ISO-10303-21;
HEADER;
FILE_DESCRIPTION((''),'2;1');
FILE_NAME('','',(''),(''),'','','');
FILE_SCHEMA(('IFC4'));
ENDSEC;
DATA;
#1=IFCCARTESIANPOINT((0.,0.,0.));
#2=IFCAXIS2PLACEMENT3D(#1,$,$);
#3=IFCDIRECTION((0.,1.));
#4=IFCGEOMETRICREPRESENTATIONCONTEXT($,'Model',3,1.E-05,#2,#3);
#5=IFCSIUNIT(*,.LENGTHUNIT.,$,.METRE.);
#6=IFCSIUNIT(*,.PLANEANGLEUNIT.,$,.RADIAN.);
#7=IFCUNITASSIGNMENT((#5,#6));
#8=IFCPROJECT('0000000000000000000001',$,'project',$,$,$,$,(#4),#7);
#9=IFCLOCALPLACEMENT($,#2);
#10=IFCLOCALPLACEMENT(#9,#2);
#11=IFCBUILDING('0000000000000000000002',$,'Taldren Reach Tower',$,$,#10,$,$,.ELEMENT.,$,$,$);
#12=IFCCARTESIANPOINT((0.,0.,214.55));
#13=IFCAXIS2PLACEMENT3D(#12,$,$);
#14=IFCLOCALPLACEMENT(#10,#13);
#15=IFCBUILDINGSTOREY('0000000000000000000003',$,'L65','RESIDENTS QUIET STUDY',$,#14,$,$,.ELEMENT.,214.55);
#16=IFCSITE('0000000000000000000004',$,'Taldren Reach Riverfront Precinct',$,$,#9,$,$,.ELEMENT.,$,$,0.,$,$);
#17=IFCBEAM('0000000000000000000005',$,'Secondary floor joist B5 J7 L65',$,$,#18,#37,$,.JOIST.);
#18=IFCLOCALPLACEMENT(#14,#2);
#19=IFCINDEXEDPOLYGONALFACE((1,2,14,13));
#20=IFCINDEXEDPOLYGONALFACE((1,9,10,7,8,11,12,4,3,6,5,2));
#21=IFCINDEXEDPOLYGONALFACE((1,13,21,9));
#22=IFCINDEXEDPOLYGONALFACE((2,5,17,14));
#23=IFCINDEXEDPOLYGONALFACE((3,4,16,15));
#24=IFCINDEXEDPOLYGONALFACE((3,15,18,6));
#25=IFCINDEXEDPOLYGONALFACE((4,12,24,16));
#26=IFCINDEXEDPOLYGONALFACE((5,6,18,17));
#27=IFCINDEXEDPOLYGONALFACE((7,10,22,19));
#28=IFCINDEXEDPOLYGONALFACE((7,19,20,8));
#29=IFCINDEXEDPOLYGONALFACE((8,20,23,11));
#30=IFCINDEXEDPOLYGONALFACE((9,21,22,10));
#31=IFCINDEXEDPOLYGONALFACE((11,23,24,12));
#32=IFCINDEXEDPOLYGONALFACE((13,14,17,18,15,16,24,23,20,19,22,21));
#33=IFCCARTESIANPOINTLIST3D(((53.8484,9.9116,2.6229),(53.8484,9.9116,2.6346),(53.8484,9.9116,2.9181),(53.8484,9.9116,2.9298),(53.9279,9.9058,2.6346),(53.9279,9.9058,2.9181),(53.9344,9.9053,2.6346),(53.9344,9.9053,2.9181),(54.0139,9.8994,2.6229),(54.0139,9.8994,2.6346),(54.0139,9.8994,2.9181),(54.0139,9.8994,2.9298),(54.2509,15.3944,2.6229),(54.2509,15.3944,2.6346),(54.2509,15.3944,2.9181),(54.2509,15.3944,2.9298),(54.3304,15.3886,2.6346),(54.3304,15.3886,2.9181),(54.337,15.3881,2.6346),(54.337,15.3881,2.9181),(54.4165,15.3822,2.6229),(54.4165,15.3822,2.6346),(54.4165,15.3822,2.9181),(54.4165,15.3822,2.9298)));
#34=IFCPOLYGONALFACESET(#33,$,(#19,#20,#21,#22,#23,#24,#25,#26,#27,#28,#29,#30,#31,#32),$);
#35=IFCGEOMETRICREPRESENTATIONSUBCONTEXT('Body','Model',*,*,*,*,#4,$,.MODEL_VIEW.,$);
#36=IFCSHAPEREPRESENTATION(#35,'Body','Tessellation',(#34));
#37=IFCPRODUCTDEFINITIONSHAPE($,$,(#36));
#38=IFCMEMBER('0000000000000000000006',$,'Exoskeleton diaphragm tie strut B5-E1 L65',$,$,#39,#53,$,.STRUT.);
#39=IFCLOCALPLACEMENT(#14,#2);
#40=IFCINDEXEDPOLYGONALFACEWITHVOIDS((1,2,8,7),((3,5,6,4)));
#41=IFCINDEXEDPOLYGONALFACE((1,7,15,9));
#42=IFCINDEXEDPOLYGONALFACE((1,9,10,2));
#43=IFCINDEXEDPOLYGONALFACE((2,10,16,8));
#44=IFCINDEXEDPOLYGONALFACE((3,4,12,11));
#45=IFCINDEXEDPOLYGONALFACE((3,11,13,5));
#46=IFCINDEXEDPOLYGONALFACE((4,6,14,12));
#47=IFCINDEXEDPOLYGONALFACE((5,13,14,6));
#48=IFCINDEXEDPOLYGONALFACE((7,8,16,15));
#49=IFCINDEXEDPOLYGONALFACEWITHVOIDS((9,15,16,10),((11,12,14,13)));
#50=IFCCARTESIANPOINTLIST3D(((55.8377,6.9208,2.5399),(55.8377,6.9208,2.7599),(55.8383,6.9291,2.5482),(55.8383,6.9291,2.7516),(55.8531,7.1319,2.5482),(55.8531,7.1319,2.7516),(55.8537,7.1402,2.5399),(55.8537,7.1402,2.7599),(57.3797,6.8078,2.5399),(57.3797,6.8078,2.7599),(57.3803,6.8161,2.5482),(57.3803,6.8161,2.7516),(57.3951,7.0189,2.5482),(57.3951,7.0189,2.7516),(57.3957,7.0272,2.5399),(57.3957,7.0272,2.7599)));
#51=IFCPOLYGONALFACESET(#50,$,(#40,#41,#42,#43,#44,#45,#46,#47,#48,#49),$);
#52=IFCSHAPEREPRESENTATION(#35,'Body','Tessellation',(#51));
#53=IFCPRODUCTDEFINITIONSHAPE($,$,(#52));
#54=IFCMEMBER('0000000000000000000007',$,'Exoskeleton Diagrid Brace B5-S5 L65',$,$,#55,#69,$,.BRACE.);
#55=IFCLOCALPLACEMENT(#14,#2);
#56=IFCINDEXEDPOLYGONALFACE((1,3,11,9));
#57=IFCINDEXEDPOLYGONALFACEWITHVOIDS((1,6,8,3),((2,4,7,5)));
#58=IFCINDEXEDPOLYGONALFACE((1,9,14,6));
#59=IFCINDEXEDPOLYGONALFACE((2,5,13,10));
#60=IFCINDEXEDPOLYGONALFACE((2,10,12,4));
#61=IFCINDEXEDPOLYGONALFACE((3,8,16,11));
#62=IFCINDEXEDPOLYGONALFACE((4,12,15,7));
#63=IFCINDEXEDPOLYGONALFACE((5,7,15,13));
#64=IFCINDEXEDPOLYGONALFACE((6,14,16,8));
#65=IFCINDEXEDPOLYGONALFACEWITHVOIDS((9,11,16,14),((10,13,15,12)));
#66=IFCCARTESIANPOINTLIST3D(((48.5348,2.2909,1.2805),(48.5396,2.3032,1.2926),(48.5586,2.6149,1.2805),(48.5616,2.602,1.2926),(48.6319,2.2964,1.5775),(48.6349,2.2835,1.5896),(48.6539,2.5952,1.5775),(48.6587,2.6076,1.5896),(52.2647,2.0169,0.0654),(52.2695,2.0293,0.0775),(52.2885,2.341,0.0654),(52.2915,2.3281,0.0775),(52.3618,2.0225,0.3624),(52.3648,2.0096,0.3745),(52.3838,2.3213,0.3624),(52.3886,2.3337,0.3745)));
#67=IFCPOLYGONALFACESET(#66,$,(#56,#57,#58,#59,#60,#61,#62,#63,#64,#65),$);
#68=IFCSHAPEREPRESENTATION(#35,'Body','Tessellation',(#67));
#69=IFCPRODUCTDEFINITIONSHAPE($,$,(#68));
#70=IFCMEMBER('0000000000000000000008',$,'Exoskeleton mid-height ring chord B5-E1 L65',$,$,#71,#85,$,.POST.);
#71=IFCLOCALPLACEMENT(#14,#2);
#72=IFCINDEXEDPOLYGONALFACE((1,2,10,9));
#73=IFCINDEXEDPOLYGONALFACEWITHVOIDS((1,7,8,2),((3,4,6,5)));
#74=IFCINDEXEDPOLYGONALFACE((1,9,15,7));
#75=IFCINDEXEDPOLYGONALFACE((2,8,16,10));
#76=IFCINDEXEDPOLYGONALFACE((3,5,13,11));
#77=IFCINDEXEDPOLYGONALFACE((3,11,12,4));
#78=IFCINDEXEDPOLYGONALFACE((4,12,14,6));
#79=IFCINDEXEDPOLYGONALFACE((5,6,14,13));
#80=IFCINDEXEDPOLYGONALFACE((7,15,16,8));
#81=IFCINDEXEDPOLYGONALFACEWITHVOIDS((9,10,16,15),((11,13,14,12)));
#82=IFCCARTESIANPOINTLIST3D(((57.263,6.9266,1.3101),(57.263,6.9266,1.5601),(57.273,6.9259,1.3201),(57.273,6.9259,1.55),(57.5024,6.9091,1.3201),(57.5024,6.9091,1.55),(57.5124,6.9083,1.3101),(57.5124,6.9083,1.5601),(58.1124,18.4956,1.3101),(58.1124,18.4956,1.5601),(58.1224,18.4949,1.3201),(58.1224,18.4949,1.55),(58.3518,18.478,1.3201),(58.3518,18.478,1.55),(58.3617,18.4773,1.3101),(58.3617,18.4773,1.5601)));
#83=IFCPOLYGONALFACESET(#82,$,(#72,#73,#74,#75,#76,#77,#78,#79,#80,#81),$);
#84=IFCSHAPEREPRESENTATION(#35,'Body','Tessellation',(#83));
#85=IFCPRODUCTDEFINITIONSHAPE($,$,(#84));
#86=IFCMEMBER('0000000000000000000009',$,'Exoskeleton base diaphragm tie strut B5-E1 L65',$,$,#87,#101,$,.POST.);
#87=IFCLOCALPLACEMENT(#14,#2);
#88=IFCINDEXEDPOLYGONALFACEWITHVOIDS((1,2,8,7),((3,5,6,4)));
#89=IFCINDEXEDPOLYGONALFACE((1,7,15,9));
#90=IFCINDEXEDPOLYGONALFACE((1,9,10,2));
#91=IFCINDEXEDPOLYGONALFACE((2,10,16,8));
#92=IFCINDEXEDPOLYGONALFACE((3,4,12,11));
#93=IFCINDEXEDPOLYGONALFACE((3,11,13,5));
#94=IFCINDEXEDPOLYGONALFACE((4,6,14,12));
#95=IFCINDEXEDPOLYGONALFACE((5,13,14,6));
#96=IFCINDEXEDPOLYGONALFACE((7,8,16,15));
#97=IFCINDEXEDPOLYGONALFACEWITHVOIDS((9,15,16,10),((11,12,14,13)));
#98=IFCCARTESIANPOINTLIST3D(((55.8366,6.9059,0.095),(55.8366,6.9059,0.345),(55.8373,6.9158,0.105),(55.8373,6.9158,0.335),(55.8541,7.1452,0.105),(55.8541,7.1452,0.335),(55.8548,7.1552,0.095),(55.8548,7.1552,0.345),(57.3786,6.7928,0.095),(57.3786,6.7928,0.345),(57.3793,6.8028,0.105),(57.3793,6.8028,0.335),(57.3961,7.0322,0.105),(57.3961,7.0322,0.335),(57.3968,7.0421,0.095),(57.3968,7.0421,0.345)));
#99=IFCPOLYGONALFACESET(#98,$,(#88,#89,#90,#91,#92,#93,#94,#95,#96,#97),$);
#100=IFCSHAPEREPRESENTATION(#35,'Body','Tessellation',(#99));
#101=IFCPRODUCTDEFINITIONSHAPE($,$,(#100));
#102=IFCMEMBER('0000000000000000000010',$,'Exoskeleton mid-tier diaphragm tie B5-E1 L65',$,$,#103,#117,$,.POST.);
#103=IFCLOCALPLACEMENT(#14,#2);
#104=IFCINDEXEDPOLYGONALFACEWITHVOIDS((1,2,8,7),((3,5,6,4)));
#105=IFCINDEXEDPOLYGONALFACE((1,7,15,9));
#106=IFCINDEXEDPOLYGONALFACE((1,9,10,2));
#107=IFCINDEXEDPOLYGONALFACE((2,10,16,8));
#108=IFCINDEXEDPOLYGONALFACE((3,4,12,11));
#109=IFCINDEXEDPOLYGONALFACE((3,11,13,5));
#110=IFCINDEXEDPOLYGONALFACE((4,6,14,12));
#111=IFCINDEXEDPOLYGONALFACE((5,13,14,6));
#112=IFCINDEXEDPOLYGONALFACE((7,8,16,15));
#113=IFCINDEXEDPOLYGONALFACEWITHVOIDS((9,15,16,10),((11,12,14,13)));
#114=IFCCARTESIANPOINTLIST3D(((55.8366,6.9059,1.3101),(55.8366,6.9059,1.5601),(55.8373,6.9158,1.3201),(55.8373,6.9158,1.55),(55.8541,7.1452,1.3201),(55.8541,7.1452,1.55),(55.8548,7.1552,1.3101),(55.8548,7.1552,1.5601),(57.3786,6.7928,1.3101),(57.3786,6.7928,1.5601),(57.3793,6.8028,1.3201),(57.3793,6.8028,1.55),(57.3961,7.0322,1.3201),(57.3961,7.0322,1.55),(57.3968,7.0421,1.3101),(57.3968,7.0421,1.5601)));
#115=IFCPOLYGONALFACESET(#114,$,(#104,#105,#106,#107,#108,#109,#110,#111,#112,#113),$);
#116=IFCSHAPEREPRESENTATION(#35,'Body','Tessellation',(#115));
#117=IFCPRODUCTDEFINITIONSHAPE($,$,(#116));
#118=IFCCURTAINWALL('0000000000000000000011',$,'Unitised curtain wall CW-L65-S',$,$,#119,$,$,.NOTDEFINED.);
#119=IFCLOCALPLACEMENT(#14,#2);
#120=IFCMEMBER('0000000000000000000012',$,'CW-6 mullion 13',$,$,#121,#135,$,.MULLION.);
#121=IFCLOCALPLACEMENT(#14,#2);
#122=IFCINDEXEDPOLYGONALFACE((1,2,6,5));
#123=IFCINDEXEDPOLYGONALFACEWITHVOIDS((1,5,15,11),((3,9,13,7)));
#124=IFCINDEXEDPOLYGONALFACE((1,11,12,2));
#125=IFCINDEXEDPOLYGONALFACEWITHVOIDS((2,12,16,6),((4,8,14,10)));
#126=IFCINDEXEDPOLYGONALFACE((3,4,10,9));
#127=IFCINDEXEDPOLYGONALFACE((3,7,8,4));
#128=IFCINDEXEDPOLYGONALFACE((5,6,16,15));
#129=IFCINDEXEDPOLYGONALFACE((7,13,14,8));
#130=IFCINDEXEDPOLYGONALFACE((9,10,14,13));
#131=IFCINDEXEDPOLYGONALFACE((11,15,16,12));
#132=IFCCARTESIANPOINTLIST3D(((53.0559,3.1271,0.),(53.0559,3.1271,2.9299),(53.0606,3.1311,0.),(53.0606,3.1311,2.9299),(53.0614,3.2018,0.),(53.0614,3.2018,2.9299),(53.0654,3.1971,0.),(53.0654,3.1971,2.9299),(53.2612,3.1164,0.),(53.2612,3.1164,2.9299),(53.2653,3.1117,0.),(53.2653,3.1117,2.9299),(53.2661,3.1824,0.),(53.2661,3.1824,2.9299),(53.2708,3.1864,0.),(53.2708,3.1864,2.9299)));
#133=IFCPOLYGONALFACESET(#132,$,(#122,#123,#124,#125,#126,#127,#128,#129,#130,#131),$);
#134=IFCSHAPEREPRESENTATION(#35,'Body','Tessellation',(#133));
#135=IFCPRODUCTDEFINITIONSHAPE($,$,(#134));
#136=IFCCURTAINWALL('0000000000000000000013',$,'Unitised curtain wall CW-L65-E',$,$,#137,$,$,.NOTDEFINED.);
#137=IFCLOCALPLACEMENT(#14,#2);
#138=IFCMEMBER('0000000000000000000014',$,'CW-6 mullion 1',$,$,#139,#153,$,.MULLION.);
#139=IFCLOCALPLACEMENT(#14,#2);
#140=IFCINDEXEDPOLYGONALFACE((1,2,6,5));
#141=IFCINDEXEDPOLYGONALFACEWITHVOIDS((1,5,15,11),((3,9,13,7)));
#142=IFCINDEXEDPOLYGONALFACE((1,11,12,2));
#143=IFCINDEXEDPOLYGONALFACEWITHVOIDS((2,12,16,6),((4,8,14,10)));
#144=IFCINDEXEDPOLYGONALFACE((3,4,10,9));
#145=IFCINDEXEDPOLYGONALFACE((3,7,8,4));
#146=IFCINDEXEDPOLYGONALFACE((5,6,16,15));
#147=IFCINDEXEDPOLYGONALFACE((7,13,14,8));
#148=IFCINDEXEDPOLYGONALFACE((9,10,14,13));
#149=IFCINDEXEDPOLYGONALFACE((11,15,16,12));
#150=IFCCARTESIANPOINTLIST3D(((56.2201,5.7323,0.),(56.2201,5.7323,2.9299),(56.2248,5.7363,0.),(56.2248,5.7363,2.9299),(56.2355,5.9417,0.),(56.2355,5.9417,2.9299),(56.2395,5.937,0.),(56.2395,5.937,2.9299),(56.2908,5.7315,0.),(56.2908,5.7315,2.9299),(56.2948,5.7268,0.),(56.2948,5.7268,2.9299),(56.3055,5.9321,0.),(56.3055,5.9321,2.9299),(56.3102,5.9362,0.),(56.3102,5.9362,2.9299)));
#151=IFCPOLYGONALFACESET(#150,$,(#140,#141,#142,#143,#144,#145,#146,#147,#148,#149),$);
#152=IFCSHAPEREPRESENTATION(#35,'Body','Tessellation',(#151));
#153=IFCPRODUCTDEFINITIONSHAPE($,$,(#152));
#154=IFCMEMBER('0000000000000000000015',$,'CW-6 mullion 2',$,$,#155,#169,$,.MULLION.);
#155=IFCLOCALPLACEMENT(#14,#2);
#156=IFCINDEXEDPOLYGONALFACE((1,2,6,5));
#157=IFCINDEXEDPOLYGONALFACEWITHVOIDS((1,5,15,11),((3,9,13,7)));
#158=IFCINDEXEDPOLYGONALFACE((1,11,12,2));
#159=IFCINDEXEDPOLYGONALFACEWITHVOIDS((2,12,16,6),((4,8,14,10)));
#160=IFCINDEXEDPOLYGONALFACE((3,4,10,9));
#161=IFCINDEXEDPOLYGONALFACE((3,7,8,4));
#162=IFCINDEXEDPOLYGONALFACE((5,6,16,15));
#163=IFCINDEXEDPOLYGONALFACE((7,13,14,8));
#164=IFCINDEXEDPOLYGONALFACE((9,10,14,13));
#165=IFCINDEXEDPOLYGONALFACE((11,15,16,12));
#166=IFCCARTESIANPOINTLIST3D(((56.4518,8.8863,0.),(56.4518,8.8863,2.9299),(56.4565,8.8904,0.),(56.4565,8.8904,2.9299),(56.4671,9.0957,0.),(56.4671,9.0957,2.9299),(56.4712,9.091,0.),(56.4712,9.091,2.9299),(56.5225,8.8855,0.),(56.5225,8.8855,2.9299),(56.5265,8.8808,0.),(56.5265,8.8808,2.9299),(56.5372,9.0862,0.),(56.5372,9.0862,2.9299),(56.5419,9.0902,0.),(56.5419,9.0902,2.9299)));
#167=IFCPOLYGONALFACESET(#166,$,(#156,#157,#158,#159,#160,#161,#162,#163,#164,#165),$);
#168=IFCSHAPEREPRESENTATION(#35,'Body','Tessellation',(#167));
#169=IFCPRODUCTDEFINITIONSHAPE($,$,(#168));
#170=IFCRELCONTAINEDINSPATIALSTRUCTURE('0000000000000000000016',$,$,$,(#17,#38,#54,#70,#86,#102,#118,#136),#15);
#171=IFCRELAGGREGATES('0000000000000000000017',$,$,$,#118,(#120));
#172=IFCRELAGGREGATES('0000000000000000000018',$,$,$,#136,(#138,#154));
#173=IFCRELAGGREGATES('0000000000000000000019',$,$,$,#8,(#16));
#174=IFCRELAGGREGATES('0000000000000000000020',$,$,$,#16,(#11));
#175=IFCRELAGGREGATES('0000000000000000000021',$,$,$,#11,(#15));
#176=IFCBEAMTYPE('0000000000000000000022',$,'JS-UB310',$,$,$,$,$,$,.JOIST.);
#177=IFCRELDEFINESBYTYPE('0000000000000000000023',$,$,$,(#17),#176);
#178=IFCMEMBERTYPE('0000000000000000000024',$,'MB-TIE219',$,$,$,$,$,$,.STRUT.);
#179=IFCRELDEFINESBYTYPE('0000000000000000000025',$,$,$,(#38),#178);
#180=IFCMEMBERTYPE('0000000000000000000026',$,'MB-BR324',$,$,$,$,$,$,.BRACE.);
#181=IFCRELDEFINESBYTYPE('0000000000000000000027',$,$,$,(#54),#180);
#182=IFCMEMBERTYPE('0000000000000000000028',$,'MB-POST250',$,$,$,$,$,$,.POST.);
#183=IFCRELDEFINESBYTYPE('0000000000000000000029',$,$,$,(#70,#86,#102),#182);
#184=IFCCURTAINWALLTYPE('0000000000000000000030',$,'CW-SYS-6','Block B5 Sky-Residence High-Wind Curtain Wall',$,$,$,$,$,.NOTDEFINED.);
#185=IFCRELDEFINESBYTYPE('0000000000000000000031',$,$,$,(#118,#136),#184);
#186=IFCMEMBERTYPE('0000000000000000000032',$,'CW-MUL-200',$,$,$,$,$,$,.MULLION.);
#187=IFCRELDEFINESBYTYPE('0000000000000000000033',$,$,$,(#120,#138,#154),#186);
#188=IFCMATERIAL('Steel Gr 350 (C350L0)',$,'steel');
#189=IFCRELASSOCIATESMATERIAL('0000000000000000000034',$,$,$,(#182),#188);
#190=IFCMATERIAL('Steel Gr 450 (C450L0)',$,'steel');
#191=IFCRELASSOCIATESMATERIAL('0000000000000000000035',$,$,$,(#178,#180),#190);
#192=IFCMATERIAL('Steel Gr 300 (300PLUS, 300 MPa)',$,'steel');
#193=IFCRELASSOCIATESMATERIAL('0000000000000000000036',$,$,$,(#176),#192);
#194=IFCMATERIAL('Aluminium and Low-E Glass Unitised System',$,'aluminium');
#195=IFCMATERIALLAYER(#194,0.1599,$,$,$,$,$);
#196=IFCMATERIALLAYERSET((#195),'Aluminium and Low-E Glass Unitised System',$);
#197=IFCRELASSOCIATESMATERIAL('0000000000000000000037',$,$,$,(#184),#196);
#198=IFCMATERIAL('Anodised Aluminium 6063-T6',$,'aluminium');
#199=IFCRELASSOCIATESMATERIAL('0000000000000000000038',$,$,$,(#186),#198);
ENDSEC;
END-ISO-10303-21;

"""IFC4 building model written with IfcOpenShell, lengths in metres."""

from ifc_helpers import new_model, si_unit, direction, frame, origin, origin_2d, place, context, subcontext, project, spatial, hollow_rectangle, i_section, extrude, source, transform, mapped, material, layer, layer_set, material_profile, profile_set, type_object, element, aggregate, save


model = new_model("IFC4")

# Units and contexts
model_context = context("Model", 3, precision=1e-05, world=origin(), true_north=direction((0.0, 1.0)))
body_context = subcontext(model_context, "Body", "Model", "MODEL_VIEW")
ifc_project = project(units=[si_unit("LENGTHUNIT", "METRE"), si_unit("PLANEANGLEUNIT", "RADIAN")], contexts=[model_context])

# Site, building, storey
site_placement = place(None, origin())
site = spatial("IfcSite", under=ifc_project, at=site_placement, Name="Taldren Reach Riverfront Precinct", CompositionType="ELEMENT", RefElevation=0.0)
building_placement = place(site_placement, origin())
building = spatial("IfcBuilding", under=site, at=building_placement, Name="Taldren Reach Tower", CompositionType="ELEMENT")
storey_placement = place(building_placement, frame((0.0, 0.0, 214.55)))
storey = spatial("IfcBuildingStorey", under=building, at=storey_placement, Name="L65", Description="RESIDENTS QUIET STUDY", CompositionType="ELEMENT", Elevation=214.55)

# Shared definitions
ifc_material_1 = material(Name="Steel Gr 350 (C350L0)", Category="steel")

# Shared definitions
ifc_material_profile_1 = material_profile(ifc_material_1, hollow_rectangle(XDim=0.25, YDim=0.25, WallThickness=0.01, at=origin_2d()), Name="250x250x10.0SHS")
ifc_profile_set_1 = profile_set([ifc_material_profile_1], Name="Steel Gr 350 (C350L0)")
member_type_1 = type_object("IfcMemberType", Name="MB-POST250", PredefinedType="POST", material=ifc_profile_set_1)
ifc_material_2 = material(Name="Steel Gr 450 (C450L0)", Category="steel")
ifc_material_profile_2 = material_profile(ifc_material_2, hollow_rectangle(XDim=0.22, YDim=0.22, WallThickness=0.0083, at=origin_2d()), Name="220x220x8.2SHS")
ifc_profile_set_2 = profile_set([ifc_material_profile_2], Name="Steel Gr 450 (C450L0)")
member_type_2 = type_object("IfcMemberType", Name="MB-TIE219", PredefinedType="STRUT", material=ifc_profile_set_2)

# Beam
ifc_material_3 = material(Name="Steel Gr 300 (300PLUS, 300 MPa)", Category="steel")
ifc_material_profile_3 = material_profile(ifc_material_3, i_section(OverallWidth=0.166, OverallDepth=0.3069, WebThickness=0.0066, FlangeThickness=0.0117, at=origin_2d()), Name="310UB46.2")
ifc_profile_set_3 = profile_set([ifc_material_profile_3], Name="Steel Gr 300 (300PLUS, 300 MPa)")
beam_type_1 = type_object("IfcBeamType", Name="JS-UB310", PredefinedType="JOIST", material=ifc_profile_set_3)
shared_shape_1 = source(origin(), body_context, "Body", "SweptSolid", [
    extrude(i_section(OverallWidth=0.166, OverallDepth=0.3069, WebThickness=0.0066, FlangeThickness=0.0117, at=origin_2d()), origin(), (0.0, 0.0, 1.0), 5.4976),
])
beam_1_placement = place(storey_placement, frame((53.9312, 9.9055, 2.7764), z_axis=(0.073229, 0.997315, 0.0), x_axis=(-0.997315, 0.073229, 0.0)))
element("IfcBeam", 1, at=beam_1_placement, inside=storey, type_object=beam_type_1, Name="Secondary floor joist B5 J7 L65", PredefinedType="JOIST", context=body_context, shape_type="MappedRepresentation", body=[
    mapped(shared_shape_1, transform((0.0, 0.0, 0.0), scale=1.0)),
])

# Members
shared_shape_2 = source(origin(), body_context, "Body", "SweptSolid", [
    extrude(hollow_rectangle(XDim=0.22, YDim=0.22, WallThickness=0.0083, at=origin_2d()), origin(), (0.0, 0.0, 1.0), 1.5461),
])
member_1_placement = place(storey_placement, frame((55.8457, 7.0305, 2.6499), z_axis=(0.997324, -0.07311, 0.0), x_axis=(0.07311, 0.997324, 0.0)))
element("IfcMember", 2, at=member_1_placement, inside=storey, type_object=member_type_2, Name="Exoskeleton diaphragm tie strut B5-E1 L65", PredefinedType="STRUT", context=body_context, shape_type="MappedRepresentation", body=[
    mapped(shared_shape_2, transform((0.0, 0.0, 0.0), scale=1.0)),
])
ifc_material_profile_4 = material_profile(ifc_material_2, hollow_rectangle(XDim=0.325, YDim=0.325, WallThickness=0.0127, at=origin_2d()), Name="325x325x12.7SHS")
ifc_profile_set_4 = profile_set([ifc_material_profile_4], Name="Steel Gr 450 (C450L0)")
member_type_3 = type_object("IfcMemberType", Name="MB-BR324", PredefinedType="BRACE", material=ifc_profile_set_4)
shared_shape_3 = source(origin(), body_context, "Body", "SweptSolid", [
    extrude(hollow_rectangle(XDim=0.325, YDim=0.325, WallThickness=0.0127, at=origin_2d()), origin(), (0.0, 0.0, 1.0), 3.9324),
])
member_2_placement = place(storey_placement, frame((52.3267, 2.1753, 0.22), z_axis=(-0.948511, 0.069658, 0.308989), x_axis=(-0.073242, -0.997314, 0.0)))
element("IfcMember", 3, at=member_2_placement, inside=storey, type_object=member_type_3, Name="Exoskeleton Diagrid Brace B5-S5 L65", PredefinedType="BRACE", context=body_context, shape_type="MappedRepresentation", body=[
    mapped(shared_shape_3, transform((0.0, 0.0, 0.0), scale=1.0)),
])
shared_shape_4 = source(origin(), body_context, "Body", "SweptSolid", [
    extrude(hollow_rectangle(XDim=0.25, YDim=0.25, WallThickness=0.01, at=origin_2d()), origin(), (0.0, 0.0, 1.0), 11.6001),
])
member_3_placement = place(storey_placement, frame((57.3877, 6.9175, 1.4351), z_axis=(0.073221, 0.997316, 0.0), x_axis=(-0.997316, 0.073221, 0.0)))
element("IfcMember", 4, at=member_3_placement, inside=storey, type_object=member_type_1, Name="Exoskeleton mid-height ring chord B5-E1 L65", PredefinedType="POST", context=body_context, shape_type="MappedRepresentation", body=[
    mapped(shared_shape_4, transform((0.0, 0.0, 0.0), scale=1.0)),
])
shared_shape_5 = source(origin(), body_context, "Body", "SweptSolid", [
    extrude(hollow_rectangle(XDim=0.25, YDim=0.25, WallThickness=0.01, at=origin_2d()), origin(), (0.0, 0.0, 1.0), 1.5461),
])
for number, where, z_axis, x_axis, name in (
    (5, (55.8457, 7.0305, 0.22), (0.997324, -0.07311, 0.0), (0.07311, 0.997324, 0.0), "Exoskeleton base diaphragm tie strut B5-E1 L65"),
    (6, (55.8457, 7.0305, 1.4351), (0.997324, -0.07311, 0.0), (0.07311, 0.997324, 0.0), "Exoskeleton mid-tier diaphragm tie B5-E1 L65"),
):
    element("IfcMember", number, at=place(storey_placement, frame(where, z_axis=z_axis, x_axis=x_axis)), inside=storey, type_object=member_type_1, Name=name, PredefinedType="POST", context=body_context, shape_type="MappedRepresentation", body=[
        mapped(shared_shape_5, transform((0.0, 0.0, 0.0), scale=1.0)),
    ])

# Curtain wall, member
ifc_material_4 = material(Name="Aluminium and Low-E Glass Unitised System", Category="aluminium")
ifc_layer_1 = layer(ifc_material_4, 0.1599)
ifc_layer_set_1 = layer_set([ifc_layer_1], Name="Aluminium and Low-E Glass Unitised System")
curtain_wall_type = type_object("IfcCurtainWallType", Name="CW-SYS-6", Description="Block B5 Sky-Residence High-Wind Curtain Wall", PredefinedType="NOTDEFINED", material=ifc_layer_set_1)
curtain_wall_1_placement = place(storey_placement, origin())
curtain_wall_1 = element("IfcCurtainWall", 7, at=curtain_wall_1_placement, inside=storey, type_object=curtain_wall_type, Name="Unitised curtain wall CW-L65-S", PredefinedType="NOTDEFINED")
ifc_material_5 = material(Name="Anodised Aluminium 6063-T6", Category="aluminium")
ifc_material_profile_5 = material_profile(ifc_material_5, hollow_rectangle(XDim=0.075, YDim=0.21, WallThickness=0.0044, at=origin_2d()), Name="ALU-210x75x4.5RHS")
ifc_profile_set_5 = profile_set([ifc_material_profile_5], Name="Anodised Aluminium 6063-T6")
member_type_4 = type_object("IfcMemberType", Name="CW-MUL-200", PredefinedType="MULLION", material=ifc_profile_set_5)
shared_shape_6 = source(origin(), body_context, "Body", "SweptSolid", [
    extrude(hollow_rectangle(XDim=0.075, YDim=0.21, WallThickness=0.0044, at=origin_2d()), origin(), (0.0, 0.0, 1.0), 2.9299),
])
member_4_placement = place(storey_placement, frame((53.1633, 3.1567, 0.0), z_axis=(0.0, 0.0, 1.0), x_axis=(0.073238, 0.997314, 0.0)))
member_4 = element("IfcMember", 8, at=member_4_placement, type_object=member_type_4, Name="CW-6 mullion 13", PredefinedType="MULLION", context=body_context, shape_type="MappedRepresentation", body=[
    mapped(shared_shape_6, transform((0.0, 0.0, 0.0), scale=1.0)),
])
aggregate(curtain_wall_1, [member_4])

# Curtain wall, members
curtain_wall_2_placement = place(storey_placement, origin())
curtain_wall_2 = element("IfcCurtainWall", 9, at=curtain_wall_2_placement, inside=storey, type_object=curtain_wall_type, Name="Unitised curtain wall CW-L65-E", PredefinedType="NOTDEFINED")
member_5_placement = place(storey_placement, frame((56.2651, 5.8342, 0.0), z_axis=(0.0, 0.0, 1.0), x_axis=(-0.997314, 0.073238, 0.0)))
member_5 = element("IfcMember", 10, at=member_5_placement, type_object=member_type_4, Name="CW-6 mullion 1", PredefinedType="MULLION", context=body_context, shape_type="MappedRepresentation", body=[
    mapped(shared_shape_6, transform((0.0, 0.0, 0.0), scale=1.0)),
])
member_6_placement = place(storey_placement, frame((56.4968, 8.9883, 0.0), z_axis=(0.0, 0.0, 1.0), x_axis=(-0.997314, 0.073238, 0.0)))
member_6 = element("IfcMember", 11, at=member_6_placement, type_object=member_type_4, Name="CW-6 mullion 2", PredefinedType="MULLION", context=body_context, shape_type="MappedRepresentation", body=[
    mapped(shared_shape_6, transform((0.0, 0.0, 0.0), scale=1.0)),
])

aggregate(curtain_wall_2, [member_5, member_6])

save(model, "model.ifc")
